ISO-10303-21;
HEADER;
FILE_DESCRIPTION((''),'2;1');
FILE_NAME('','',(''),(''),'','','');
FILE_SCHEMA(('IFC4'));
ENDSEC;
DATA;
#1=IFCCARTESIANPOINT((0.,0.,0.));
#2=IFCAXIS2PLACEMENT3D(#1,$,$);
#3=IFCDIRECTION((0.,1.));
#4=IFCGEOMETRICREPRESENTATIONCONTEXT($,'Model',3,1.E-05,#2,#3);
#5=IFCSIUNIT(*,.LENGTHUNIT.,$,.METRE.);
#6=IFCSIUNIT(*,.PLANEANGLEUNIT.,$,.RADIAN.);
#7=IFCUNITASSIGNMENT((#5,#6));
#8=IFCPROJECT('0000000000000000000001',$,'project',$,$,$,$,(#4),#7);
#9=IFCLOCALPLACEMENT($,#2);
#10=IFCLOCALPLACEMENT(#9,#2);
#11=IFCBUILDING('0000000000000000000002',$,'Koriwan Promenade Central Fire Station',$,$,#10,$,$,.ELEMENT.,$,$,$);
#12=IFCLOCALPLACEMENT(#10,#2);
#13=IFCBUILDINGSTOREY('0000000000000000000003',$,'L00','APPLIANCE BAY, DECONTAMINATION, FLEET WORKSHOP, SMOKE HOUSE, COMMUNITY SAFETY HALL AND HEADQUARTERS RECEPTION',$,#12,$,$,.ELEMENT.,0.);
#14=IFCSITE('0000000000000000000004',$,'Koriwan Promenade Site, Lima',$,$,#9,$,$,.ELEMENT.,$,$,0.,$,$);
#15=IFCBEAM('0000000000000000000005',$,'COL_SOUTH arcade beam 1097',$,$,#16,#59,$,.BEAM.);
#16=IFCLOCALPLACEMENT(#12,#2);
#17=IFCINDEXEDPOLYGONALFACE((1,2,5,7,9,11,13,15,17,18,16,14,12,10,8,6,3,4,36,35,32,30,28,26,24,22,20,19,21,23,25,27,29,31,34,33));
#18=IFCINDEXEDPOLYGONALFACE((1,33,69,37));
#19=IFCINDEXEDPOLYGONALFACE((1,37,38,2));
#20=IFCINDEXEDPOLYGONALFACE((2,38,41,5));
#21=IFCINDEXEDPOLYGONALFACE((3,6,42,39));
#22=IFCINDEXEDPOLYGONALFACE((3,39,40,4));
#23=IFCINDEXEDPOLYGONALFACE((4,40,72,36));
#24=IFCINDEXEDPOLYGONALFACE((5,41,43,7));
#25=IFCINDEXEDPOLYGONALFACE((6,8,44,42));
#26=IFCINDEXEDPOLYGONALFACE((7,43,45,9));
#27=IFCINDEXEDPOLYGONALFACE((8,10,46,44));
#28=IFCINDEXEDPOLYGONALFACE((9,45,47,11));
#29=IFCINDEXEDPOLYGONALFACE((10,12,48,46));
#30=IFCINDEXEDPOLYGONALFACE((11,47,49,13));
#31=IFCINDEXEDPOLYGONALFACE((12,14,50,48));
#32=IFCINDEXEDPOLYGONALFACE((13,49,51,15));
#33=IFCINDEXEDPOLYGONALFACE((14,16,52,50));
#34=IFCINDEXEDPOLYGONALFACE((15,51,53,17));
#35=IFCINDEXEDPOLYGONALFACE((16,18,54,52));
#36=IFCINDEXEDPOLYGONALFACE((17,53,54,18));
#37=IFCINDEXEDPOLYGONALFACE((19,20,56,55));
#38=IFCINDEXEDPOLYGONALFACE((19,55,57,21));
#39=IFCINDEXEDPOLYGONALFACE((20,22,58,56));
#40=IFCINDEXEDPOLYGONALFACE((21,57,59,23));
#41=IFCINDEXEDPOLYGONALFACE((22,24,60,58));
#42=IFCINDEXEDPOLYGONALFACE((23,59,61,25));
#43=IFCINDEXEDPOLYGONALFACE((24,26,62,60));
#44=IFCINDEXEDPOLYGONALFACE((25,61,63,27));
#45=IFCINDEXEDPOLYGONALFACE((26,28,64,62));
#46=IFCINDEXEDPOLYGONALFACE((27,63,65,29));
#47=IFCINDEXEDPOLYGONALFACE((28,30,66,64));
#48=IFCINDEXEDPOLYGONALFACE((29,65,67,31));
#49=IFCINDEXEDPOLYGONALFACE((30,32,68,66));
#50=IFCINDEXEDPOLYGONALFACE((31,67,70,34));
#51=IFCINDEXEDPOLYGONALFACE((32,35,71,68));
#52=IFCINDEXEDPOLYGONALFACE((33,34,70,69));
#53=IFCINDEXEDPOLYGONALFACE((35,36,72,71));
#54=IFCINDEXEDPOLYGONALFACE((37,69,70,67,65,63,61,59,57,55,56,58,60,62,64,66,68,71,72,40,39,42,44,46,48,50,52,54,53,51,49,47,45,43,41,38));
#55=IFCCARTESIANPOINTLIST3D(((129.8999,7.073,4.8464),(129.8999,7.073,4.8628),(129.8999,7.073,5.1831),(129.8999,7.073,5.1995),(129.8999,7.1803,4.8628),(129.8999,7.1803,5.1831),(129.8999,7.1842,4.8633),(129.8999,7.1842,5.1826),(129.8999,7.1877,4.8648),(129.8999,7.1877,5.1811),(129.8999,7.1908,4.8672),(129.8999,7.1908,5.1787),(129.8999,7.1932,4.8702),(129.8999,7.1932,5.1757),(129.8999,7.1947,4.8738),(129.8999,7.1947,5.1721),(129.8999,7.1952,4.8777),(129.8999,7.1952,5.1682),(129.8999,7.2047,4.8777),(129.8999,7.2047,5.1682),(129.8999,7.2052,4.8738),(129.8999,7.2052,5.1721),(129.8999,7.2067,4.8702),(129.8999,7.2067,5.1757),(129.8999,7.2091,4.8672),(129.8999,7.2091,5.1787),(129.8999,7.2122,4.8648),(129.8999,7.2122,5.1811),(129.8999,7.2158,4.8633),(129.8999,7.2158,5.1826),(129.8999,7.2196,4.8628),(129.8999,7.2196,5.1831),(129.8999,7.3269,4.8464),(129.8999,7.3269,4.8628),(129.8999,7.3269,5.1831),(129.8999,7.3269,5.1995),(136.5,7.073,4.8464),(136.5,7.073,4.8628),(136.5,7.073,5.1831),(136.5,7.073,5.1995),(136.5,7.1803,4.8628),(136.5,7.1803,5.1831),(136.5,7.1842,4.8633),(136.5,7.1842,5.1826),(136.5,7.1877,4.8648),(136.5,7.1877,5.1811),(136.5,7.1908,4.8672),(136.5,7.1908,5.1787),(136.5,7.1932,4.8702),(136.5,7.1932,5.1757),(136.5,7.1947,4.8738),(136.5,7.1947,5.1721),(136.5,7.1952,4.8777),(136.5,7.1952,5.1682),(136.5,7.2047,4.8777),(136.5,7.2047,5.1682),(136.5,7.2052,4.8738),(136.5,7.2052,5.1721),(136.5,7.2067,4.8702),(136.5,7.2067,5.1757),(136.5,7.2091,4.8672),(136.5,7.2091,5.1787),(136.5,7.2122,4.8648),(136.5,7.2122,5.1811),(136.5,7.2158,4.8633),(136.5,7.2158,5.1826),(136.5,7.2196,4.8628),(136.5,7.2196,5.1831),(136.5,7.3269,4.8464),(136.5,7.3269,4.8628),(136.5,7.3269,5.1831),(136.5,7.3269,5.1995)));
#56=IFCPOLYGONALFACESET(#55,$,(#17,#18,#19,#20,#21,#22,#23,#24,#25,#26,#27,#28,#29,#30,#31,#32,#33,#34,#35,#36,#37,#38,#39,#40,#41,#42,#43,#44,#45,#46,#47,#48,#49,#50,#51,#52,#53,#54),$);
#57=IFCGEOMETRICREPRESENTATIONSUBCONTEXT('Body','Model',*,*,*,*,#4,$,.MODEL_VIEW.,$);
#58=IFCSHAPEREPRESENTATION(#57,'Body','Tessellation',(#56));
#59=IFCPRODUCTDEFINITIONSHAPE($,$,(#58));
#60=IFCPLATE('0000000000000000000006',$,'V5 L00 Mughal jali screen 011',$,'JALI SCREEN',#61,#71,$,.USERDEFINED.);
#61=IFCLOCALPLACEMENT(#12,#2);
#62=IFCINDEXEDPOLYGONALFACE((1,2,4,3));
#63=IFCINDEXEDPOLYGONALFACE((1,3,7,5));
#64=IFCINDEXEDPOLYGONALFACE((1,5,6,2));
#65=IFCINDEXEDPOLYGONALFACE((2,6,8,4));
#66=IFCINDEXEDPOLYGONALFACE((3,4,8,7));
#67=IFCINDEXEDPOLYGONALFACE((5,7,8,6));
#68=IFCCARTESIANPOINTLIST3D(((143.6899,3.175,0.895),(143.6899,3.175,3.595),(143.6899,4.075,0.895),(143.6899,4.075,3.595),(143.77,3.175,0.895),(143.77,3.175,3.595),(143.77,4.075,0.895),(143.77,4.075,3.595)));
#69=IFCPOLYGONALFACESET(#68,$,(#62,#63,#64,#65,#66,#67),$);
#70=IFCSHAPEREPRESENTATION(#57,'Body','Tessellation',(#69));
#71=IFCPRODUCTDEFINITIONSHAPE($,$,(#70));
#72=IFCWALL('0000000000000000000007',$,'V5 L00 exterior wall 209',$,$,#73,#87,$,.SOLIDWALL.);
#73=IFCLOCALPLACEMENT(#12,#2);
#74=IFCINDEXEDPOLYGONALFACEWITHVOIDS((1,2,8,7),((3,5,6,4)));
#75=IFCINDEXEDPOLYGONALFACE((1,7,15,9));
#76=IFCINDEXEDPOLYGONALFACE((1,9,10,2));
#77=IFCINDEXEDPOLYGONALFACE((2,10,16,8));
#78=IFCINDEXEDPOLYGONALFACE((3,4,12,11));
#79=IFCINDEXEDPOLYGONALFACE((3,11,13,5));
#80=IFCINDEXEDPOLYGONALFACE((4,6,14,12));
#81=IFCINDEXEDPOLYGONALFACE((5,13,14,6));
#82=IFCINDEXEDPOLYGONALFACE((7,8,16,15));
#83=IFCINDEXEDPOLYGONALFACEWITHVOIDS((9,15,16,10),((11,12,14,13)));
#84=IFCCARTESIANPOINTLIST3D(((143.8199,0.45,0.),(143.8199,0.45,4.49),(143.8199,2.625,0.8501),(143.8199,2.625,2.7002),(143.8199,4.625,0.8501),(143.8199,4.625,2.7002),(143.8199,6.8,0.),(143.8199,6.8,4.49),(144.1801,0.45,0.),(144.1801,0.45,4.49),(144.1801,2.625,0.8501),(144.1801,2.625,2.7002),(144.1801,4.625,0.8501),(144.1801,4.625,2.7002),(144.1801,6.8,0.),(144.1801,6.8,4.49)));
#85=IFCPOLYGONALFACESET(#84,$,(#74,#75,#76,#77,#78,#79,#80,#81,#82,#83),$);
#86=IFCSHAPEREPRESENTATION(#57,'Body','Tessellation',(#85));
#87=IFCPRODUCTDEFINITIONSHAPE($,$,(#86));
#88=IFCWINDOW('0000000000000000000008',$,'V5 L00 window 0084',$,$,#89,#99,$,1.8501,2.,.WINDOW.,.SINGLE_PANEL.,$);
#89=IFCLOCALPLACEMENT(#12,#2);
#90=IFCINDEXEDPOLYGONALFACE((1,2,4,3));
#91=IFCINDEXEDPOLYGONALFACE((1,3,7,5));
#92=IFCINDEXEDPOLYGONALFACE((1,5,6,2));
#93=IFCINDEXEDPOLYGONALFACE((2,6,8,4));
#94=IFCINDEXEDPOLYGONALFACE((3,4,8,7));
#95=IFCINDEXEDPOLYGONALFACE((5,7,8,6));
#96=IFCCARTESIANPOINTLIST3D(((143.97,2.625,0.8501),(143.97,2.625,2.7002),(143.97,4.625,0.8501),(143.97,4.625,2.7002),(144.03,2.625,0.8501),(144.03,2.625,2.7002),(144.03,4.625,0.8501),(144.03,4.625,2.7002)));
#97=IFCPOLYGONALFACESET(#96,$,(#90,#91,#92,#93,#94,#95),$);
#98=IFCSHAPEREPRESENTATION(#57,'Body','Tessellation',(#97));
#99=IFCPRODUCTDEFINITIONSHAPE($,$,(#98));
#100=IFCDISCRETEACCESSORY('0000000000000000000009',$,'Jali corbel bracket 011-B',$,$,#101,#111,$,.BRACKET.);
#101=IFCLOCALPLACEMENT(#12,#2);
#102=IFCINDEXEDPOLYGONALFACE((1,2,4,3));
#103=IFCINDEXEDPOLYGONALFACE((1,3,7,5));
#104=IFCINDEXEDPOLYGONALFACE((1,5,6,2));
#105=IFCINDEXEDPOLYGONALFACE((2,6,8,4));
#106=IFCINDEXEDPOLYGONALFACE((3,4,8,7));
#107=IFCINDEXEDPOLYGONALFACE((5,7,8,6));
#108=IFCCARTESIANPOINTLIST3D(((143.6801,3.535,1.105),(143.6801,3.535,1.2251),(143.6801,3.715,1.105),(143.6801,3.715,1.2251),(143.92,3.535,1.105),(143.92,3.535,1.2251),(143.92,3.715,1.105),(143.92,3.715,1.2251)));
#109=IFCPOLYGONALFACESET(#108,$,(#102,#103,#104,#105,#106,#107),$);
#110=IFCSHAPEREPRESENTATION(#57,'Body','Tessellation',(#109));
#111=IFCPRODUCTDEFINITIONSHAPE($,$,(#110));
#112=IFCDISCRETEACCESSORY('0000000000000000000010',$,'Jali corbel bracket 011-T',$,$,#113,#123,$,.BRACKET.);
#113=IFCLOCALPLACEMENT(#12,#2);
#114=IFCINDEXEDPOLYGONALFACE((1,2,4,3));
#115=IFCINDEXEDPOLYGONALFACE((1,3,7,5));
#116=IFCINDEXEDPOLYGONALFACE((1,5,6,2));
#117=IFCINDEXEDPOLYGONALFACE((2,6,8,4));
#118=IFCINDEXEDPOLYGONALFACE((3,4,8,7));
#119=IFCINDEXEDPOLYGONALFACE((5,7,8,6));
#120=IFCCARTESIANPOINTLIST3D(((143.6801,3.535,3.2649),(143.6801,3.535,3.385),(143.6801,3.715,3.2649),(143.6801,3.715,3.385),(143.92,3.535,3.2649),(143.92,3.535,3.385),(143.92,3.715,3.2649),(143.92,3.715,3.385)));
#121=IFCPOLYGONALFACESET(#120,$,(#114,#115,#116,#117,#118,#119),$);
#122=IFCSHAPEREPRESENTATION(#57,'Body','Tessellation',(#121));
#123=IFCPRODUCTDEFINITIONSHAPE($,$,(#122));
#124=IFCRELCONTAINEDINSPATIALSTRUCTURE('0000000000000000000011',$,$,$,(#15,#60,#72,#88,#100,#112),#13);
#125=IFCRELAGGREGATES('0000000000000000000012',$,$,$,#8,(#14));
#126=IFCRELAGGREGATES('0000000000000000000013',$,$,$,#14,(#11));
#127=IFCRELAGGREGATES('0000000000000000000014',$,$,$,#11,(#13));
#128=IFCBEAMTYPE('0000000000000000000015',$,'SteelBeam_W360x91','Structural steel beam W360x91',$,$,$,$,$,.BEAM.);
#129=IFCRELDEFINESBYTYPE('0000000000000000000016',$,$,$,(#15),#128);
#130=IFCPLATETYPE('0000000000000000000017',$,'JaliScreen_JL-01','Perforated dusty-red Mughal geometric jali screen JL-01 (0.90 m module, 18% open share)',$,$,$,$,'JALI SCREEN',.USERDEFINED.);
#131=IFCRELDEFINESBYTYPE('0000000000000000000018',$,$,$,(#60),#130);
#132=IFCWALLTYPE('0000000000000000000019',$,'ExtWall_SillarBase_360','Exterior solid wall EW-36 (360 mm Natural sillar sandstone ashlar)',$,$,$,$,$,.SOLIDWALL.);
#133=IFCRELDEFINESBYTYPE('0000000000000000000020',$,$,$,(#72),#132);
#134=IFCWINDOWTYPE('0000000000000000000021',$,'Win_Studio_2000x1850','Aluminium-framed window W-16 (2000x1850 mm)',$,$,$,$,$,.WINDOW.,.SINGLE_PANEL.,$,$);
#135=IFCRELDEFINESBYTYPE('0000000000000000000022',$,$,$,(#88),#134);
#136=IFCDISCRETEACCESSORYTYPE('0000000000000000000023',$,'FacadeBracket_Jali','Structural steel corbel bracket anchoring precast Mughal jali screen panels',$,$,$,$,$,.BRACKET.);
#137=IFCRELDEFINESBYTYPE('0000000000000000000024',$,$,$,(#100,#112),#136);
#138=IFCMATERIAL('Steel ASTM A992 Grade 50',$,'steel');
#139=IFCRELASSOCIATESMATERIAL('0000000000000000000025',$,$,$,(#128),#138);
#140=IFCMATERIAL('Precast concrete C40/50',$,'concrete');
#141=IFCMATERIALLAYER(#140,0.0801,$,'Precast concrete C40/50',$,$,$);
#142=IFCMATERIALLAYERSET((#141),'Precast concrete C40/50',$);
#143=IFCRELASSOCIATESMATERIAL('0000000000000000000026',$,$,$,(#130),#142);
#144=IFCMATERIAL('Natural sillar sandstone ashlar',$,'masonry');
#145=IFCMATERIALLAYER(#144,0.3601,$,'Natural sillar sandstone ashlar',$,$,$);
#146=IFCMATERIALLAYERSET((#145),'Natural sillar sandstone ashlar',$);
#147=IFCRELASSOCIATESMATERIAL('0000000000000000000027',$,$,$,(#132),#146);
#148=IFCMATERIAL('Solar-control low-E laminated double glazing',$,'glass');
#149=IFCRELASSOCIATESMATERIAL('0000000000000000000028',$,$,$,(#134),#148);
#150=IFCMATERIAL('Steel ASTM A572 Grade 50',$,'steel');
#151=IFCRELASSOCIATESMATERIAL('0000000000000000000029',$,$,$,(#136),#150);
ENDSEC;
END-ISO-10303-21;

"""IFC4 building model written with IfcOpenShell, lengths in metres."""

from ifc_helpers import new_model, si_unit, direction, frame, frame_2d, origin, origin_2d, place, context, subcontext, project, spatial, rectangle, i_section, extrude, material, layer, layer_set, material_profile, profile_set, type_object, element, fill, save


model = new_model("IFC4")

# Units and contexts
model_context = context("Model", 3, precision=1e-05, world=origin(), true_north=direction((0.0, 1.0)))
body_context = subcontext(model_context, "Body", "Model", "MODEL_VIEW")
ifc_project = project(units=[si_unit("LENGTHUNIT", "METRE"), si_unit("PLANEANGLEUNIT", "RADIAN")], contexts=[model_context])

# Site, building, storey
site_placement = place(None, origin())
site = spatial("IfcSite", under=ifc_project, at=site_placement, Name="Koriwan Promenade Site, Lima", CompositionType="ELEMENT", RefElevation=0.0)
building_placement = place(site_placement, origin())
building = spatial("IfcBuilding", under=site, at=building_placement, Name="Koriwan Promenade Central Fire Station", CompositionType="ELEMENT")
storey_placement = place(building_placement, origin())
storey = spatial("IfcBuildingStorey", under=building, at=storey_placement, Name="L00", Description="APPLIANCE BAY, DECONTAMINATION, FLEET WORKSHOP, SMOKE HOUSE, COMMUNITY SAFETY HALL AND HEADQUARTERS RECEPTION", CompositionType="ELEMENT", Elevation=0.0)

# Beam
ifc_material_1 = material(Name="Steel ASTM A992 Grade 50", Category="steel")
ifc_material_profile_1 = material_profile(ifc_material_1, i_section(OverallWidth=0.2539, OverallDepth=0.353, WebThickness=0.0095, FlangeThickness=0.0164, FilletRadius=0.0149, at=origin_2d()), Name="W360x91")
ifc_profile_set_1 = profile_set([ifc_material_profile_1], Name="Steel ASTM A992 Grade 50")
beam_type_1 = type_object("IfcBeamType", Name="SteelBeam_W360x91", Description="Structural steel beam W360x91", PredefinedType="BEAM", material=ifc_profile_set_1)
beam_1_placement = place(storey_placement, frame((129.8999, 7.2, 5.0229), z_axis=(1.0, 0.0, 0.0), x_axis=(0.0, 1.0, 0.0)))
element("IfcBeam", 1, at=beam_1_placement, inside=storey, type_object=beam_type_1, Name="COL_SOUTH arcade beam 1097", PredefinedType="BEAM", context=body_context, shape_type="SweptSolid", body=[
    extrude(i_section(OverallWidth=0.2539, OverallDepth=0.353, WebThickness=0.0095, FlangeThickness=0.0164, FilletRadius=0.0149, at=origin_2d()), origin(), (0.0, 0.0, 1.0), 6.6001),
])

# Plate
ifc_material_2 = material(Name="Precast concrete C40/50", Category="concrete")
ifc_layer_1 = layer(ifc_material_2, 0.0801, Name="Precast concrete C40/50")
ifc_layer_set_1 = layer_set([ifc_layer_1], Name="Precast concrete C40/50")
plate_type = type_object("IfcPlateType", Name="JaliScreen_JL-01", Description="Perforated dusty-red Mughal geometric jali screen JL-01 (0.90 m module, 18% open share)", ElementType="JALI SCREEN", PredefinedType="USERDEFINED", material=ifc_layer_set_1)
plate_placement = place(storey_placement, frame((143.73, 3.625, 0.895), z_axis=(0.0, 0.0, 1.0), x_axis=(0.0, 1.0, 0.0)))
element("IfcPlate", 2, at=plate_placement, inside=storey, type_object=plate_type, Name="V5 L00 Mughal jali screen 011", ObjectType="JALI SCREEN", PredefinedType="USERDEFINED", context=body_context, shape_type="SweptSolid", body=[
    extrude(rectangle(XDim=0.8999, YDim=0.0801, at=origin_2d()), origin(), (0.0, 0.0, 1.0), 2.7),
])

# Wall, opening, window
ifc_material_3 = material(Name="Natural sillar sandstone ashlar", Category="masonry")
ifc_layer_2 = layer(ifc_material_3, 0.3601, Name="Natural sillar sandstone ashlar")
ifc_layer_set_2 = layer_set([ifc_layer_2], Name="Natural sillar sandstone ashlar")
wall_type = type_object("IfcWallType", Name="ExtWall_SillarBase_360", Description="Exterior solid wall EW-36 (360 mm Natural sillar sandstone ashlar)", PredefinedType="SOLIDWALL", material=ifc_layer_set_2)
wall_placement = place(storey_placement, frame((144.0, 0.45, 0.0), z_axis=(0.0, 0.0, 1.0), x_axis=(0.0, 1.0, 0.0)))
wall = element("IfcWall", 3, at=wall_placement, inside=storey, type_object=wall_type, Name="V5 L00 exterior wall 209", PredefinedType="SOLIDWALL", context=body_context, shape_type="SweptSolid", body=[
    extrude(rectangle(XDim=6.3501, YDim=0.3601, at=frame_2d((3.175, 0.0))), origin(), (0.0, 0.0, 1.0), 4.49),
])
opening_placement = place(wall_placement, frame((2.175, 0.0, 0.8501)))
opening = element("IfcOpeningElement", 4, at=opening_placement, cuts=wall, PredefinedType="OPENING", context=body_context, shape_type="SweptSolid", body=[
    extrude(rectangle(XDim=2.0, YDim=1.8501, at=frame_2d((1.0, 0.925))), frame((0.0, 0.1919, 0.0), z_axis=(0.0, -1.0, 0.0), x_axis=(1.0, 0.0, 0.0)), (0.0, 0.0, 1.0), 0.384),
])
ifc_material_4 = material(Name="Solar-control low-E laminated double glazing", Category="glass")
window_type = type_object("IfcWindowType", Name="Win_Studio_2000x1850", Description="Aluminium-framed window W-16 (2000x1850 mm)", PartitioningType="SINGLE_PANEL", PredefinedType="WINDOW", material=ifc_material_4)
window_placement = place(opening_placement, origin())
window = element("IfcWindow", 5, at=window_placement, inside=storey, type_object=window_type, Name="V5 L00 window 0084", OverallHeight=1.8501, OverallWidth=2.0, PartitioningType="SINGLE_PANEL", PredefinedType="WINDOW", context=body_context, shape_type="SweptSolid", body=[
    extrude(rectangle(XDim=2.0, YDim=1.8501, at=frame_2d((1.0, 0.925))), frame((0.0, 0.03, 0.0), z_axis=(0.0, -1.0, 0.0), x_axis=(1.0, 0.0, 0.0)), (0.0, 0.0, 1.0), 0.0601),
])
fill(opening, window)

# Discrete accessories
ifc_material_5 = material(Name="Steel ASTM A572 Grade 50", Category="steel")
discrete_accessory_type = type_object("IfcDiscreteAccessoryType", Name="FacadeBracket_Jali", Description="Structural steel corbel bracket anchoring precast Mughal jali screen panels", PredefinedType="BRACKET", material=ifc_material_5)
for number, where, z_axis, x_axis, name in (
    (6, (143.8, 3.625, 1.105), (0.0, 0.0, 1.0), (-1.0, 0.0, 0.0), "Jali corbel bracket 011-B"),
    (7, (143.8, 3.625, 3.2649), (0.0, 0.0, 1.0), (-1.0, 0.0, 0.0), "Jali corbel bracket 011-T"),
):
    element("IfcDiscreteAccessory", number, at=place(storey_placement, frame(where, z_axis=z_axis, x_axis=x_axis)), inside=storey, type_object=discrete_accessory_type, Name=name, PredefinedType="BRACKET", context=body_context, shape_type="SweptSolid", body=[
        extrude(rectangle(XDim=0.24, YDim=0.1799, at=origin_2d()), origin(), (0.0, 0.0, 1.0), 0.1201),
    ])

save(model, "model.ifc")
